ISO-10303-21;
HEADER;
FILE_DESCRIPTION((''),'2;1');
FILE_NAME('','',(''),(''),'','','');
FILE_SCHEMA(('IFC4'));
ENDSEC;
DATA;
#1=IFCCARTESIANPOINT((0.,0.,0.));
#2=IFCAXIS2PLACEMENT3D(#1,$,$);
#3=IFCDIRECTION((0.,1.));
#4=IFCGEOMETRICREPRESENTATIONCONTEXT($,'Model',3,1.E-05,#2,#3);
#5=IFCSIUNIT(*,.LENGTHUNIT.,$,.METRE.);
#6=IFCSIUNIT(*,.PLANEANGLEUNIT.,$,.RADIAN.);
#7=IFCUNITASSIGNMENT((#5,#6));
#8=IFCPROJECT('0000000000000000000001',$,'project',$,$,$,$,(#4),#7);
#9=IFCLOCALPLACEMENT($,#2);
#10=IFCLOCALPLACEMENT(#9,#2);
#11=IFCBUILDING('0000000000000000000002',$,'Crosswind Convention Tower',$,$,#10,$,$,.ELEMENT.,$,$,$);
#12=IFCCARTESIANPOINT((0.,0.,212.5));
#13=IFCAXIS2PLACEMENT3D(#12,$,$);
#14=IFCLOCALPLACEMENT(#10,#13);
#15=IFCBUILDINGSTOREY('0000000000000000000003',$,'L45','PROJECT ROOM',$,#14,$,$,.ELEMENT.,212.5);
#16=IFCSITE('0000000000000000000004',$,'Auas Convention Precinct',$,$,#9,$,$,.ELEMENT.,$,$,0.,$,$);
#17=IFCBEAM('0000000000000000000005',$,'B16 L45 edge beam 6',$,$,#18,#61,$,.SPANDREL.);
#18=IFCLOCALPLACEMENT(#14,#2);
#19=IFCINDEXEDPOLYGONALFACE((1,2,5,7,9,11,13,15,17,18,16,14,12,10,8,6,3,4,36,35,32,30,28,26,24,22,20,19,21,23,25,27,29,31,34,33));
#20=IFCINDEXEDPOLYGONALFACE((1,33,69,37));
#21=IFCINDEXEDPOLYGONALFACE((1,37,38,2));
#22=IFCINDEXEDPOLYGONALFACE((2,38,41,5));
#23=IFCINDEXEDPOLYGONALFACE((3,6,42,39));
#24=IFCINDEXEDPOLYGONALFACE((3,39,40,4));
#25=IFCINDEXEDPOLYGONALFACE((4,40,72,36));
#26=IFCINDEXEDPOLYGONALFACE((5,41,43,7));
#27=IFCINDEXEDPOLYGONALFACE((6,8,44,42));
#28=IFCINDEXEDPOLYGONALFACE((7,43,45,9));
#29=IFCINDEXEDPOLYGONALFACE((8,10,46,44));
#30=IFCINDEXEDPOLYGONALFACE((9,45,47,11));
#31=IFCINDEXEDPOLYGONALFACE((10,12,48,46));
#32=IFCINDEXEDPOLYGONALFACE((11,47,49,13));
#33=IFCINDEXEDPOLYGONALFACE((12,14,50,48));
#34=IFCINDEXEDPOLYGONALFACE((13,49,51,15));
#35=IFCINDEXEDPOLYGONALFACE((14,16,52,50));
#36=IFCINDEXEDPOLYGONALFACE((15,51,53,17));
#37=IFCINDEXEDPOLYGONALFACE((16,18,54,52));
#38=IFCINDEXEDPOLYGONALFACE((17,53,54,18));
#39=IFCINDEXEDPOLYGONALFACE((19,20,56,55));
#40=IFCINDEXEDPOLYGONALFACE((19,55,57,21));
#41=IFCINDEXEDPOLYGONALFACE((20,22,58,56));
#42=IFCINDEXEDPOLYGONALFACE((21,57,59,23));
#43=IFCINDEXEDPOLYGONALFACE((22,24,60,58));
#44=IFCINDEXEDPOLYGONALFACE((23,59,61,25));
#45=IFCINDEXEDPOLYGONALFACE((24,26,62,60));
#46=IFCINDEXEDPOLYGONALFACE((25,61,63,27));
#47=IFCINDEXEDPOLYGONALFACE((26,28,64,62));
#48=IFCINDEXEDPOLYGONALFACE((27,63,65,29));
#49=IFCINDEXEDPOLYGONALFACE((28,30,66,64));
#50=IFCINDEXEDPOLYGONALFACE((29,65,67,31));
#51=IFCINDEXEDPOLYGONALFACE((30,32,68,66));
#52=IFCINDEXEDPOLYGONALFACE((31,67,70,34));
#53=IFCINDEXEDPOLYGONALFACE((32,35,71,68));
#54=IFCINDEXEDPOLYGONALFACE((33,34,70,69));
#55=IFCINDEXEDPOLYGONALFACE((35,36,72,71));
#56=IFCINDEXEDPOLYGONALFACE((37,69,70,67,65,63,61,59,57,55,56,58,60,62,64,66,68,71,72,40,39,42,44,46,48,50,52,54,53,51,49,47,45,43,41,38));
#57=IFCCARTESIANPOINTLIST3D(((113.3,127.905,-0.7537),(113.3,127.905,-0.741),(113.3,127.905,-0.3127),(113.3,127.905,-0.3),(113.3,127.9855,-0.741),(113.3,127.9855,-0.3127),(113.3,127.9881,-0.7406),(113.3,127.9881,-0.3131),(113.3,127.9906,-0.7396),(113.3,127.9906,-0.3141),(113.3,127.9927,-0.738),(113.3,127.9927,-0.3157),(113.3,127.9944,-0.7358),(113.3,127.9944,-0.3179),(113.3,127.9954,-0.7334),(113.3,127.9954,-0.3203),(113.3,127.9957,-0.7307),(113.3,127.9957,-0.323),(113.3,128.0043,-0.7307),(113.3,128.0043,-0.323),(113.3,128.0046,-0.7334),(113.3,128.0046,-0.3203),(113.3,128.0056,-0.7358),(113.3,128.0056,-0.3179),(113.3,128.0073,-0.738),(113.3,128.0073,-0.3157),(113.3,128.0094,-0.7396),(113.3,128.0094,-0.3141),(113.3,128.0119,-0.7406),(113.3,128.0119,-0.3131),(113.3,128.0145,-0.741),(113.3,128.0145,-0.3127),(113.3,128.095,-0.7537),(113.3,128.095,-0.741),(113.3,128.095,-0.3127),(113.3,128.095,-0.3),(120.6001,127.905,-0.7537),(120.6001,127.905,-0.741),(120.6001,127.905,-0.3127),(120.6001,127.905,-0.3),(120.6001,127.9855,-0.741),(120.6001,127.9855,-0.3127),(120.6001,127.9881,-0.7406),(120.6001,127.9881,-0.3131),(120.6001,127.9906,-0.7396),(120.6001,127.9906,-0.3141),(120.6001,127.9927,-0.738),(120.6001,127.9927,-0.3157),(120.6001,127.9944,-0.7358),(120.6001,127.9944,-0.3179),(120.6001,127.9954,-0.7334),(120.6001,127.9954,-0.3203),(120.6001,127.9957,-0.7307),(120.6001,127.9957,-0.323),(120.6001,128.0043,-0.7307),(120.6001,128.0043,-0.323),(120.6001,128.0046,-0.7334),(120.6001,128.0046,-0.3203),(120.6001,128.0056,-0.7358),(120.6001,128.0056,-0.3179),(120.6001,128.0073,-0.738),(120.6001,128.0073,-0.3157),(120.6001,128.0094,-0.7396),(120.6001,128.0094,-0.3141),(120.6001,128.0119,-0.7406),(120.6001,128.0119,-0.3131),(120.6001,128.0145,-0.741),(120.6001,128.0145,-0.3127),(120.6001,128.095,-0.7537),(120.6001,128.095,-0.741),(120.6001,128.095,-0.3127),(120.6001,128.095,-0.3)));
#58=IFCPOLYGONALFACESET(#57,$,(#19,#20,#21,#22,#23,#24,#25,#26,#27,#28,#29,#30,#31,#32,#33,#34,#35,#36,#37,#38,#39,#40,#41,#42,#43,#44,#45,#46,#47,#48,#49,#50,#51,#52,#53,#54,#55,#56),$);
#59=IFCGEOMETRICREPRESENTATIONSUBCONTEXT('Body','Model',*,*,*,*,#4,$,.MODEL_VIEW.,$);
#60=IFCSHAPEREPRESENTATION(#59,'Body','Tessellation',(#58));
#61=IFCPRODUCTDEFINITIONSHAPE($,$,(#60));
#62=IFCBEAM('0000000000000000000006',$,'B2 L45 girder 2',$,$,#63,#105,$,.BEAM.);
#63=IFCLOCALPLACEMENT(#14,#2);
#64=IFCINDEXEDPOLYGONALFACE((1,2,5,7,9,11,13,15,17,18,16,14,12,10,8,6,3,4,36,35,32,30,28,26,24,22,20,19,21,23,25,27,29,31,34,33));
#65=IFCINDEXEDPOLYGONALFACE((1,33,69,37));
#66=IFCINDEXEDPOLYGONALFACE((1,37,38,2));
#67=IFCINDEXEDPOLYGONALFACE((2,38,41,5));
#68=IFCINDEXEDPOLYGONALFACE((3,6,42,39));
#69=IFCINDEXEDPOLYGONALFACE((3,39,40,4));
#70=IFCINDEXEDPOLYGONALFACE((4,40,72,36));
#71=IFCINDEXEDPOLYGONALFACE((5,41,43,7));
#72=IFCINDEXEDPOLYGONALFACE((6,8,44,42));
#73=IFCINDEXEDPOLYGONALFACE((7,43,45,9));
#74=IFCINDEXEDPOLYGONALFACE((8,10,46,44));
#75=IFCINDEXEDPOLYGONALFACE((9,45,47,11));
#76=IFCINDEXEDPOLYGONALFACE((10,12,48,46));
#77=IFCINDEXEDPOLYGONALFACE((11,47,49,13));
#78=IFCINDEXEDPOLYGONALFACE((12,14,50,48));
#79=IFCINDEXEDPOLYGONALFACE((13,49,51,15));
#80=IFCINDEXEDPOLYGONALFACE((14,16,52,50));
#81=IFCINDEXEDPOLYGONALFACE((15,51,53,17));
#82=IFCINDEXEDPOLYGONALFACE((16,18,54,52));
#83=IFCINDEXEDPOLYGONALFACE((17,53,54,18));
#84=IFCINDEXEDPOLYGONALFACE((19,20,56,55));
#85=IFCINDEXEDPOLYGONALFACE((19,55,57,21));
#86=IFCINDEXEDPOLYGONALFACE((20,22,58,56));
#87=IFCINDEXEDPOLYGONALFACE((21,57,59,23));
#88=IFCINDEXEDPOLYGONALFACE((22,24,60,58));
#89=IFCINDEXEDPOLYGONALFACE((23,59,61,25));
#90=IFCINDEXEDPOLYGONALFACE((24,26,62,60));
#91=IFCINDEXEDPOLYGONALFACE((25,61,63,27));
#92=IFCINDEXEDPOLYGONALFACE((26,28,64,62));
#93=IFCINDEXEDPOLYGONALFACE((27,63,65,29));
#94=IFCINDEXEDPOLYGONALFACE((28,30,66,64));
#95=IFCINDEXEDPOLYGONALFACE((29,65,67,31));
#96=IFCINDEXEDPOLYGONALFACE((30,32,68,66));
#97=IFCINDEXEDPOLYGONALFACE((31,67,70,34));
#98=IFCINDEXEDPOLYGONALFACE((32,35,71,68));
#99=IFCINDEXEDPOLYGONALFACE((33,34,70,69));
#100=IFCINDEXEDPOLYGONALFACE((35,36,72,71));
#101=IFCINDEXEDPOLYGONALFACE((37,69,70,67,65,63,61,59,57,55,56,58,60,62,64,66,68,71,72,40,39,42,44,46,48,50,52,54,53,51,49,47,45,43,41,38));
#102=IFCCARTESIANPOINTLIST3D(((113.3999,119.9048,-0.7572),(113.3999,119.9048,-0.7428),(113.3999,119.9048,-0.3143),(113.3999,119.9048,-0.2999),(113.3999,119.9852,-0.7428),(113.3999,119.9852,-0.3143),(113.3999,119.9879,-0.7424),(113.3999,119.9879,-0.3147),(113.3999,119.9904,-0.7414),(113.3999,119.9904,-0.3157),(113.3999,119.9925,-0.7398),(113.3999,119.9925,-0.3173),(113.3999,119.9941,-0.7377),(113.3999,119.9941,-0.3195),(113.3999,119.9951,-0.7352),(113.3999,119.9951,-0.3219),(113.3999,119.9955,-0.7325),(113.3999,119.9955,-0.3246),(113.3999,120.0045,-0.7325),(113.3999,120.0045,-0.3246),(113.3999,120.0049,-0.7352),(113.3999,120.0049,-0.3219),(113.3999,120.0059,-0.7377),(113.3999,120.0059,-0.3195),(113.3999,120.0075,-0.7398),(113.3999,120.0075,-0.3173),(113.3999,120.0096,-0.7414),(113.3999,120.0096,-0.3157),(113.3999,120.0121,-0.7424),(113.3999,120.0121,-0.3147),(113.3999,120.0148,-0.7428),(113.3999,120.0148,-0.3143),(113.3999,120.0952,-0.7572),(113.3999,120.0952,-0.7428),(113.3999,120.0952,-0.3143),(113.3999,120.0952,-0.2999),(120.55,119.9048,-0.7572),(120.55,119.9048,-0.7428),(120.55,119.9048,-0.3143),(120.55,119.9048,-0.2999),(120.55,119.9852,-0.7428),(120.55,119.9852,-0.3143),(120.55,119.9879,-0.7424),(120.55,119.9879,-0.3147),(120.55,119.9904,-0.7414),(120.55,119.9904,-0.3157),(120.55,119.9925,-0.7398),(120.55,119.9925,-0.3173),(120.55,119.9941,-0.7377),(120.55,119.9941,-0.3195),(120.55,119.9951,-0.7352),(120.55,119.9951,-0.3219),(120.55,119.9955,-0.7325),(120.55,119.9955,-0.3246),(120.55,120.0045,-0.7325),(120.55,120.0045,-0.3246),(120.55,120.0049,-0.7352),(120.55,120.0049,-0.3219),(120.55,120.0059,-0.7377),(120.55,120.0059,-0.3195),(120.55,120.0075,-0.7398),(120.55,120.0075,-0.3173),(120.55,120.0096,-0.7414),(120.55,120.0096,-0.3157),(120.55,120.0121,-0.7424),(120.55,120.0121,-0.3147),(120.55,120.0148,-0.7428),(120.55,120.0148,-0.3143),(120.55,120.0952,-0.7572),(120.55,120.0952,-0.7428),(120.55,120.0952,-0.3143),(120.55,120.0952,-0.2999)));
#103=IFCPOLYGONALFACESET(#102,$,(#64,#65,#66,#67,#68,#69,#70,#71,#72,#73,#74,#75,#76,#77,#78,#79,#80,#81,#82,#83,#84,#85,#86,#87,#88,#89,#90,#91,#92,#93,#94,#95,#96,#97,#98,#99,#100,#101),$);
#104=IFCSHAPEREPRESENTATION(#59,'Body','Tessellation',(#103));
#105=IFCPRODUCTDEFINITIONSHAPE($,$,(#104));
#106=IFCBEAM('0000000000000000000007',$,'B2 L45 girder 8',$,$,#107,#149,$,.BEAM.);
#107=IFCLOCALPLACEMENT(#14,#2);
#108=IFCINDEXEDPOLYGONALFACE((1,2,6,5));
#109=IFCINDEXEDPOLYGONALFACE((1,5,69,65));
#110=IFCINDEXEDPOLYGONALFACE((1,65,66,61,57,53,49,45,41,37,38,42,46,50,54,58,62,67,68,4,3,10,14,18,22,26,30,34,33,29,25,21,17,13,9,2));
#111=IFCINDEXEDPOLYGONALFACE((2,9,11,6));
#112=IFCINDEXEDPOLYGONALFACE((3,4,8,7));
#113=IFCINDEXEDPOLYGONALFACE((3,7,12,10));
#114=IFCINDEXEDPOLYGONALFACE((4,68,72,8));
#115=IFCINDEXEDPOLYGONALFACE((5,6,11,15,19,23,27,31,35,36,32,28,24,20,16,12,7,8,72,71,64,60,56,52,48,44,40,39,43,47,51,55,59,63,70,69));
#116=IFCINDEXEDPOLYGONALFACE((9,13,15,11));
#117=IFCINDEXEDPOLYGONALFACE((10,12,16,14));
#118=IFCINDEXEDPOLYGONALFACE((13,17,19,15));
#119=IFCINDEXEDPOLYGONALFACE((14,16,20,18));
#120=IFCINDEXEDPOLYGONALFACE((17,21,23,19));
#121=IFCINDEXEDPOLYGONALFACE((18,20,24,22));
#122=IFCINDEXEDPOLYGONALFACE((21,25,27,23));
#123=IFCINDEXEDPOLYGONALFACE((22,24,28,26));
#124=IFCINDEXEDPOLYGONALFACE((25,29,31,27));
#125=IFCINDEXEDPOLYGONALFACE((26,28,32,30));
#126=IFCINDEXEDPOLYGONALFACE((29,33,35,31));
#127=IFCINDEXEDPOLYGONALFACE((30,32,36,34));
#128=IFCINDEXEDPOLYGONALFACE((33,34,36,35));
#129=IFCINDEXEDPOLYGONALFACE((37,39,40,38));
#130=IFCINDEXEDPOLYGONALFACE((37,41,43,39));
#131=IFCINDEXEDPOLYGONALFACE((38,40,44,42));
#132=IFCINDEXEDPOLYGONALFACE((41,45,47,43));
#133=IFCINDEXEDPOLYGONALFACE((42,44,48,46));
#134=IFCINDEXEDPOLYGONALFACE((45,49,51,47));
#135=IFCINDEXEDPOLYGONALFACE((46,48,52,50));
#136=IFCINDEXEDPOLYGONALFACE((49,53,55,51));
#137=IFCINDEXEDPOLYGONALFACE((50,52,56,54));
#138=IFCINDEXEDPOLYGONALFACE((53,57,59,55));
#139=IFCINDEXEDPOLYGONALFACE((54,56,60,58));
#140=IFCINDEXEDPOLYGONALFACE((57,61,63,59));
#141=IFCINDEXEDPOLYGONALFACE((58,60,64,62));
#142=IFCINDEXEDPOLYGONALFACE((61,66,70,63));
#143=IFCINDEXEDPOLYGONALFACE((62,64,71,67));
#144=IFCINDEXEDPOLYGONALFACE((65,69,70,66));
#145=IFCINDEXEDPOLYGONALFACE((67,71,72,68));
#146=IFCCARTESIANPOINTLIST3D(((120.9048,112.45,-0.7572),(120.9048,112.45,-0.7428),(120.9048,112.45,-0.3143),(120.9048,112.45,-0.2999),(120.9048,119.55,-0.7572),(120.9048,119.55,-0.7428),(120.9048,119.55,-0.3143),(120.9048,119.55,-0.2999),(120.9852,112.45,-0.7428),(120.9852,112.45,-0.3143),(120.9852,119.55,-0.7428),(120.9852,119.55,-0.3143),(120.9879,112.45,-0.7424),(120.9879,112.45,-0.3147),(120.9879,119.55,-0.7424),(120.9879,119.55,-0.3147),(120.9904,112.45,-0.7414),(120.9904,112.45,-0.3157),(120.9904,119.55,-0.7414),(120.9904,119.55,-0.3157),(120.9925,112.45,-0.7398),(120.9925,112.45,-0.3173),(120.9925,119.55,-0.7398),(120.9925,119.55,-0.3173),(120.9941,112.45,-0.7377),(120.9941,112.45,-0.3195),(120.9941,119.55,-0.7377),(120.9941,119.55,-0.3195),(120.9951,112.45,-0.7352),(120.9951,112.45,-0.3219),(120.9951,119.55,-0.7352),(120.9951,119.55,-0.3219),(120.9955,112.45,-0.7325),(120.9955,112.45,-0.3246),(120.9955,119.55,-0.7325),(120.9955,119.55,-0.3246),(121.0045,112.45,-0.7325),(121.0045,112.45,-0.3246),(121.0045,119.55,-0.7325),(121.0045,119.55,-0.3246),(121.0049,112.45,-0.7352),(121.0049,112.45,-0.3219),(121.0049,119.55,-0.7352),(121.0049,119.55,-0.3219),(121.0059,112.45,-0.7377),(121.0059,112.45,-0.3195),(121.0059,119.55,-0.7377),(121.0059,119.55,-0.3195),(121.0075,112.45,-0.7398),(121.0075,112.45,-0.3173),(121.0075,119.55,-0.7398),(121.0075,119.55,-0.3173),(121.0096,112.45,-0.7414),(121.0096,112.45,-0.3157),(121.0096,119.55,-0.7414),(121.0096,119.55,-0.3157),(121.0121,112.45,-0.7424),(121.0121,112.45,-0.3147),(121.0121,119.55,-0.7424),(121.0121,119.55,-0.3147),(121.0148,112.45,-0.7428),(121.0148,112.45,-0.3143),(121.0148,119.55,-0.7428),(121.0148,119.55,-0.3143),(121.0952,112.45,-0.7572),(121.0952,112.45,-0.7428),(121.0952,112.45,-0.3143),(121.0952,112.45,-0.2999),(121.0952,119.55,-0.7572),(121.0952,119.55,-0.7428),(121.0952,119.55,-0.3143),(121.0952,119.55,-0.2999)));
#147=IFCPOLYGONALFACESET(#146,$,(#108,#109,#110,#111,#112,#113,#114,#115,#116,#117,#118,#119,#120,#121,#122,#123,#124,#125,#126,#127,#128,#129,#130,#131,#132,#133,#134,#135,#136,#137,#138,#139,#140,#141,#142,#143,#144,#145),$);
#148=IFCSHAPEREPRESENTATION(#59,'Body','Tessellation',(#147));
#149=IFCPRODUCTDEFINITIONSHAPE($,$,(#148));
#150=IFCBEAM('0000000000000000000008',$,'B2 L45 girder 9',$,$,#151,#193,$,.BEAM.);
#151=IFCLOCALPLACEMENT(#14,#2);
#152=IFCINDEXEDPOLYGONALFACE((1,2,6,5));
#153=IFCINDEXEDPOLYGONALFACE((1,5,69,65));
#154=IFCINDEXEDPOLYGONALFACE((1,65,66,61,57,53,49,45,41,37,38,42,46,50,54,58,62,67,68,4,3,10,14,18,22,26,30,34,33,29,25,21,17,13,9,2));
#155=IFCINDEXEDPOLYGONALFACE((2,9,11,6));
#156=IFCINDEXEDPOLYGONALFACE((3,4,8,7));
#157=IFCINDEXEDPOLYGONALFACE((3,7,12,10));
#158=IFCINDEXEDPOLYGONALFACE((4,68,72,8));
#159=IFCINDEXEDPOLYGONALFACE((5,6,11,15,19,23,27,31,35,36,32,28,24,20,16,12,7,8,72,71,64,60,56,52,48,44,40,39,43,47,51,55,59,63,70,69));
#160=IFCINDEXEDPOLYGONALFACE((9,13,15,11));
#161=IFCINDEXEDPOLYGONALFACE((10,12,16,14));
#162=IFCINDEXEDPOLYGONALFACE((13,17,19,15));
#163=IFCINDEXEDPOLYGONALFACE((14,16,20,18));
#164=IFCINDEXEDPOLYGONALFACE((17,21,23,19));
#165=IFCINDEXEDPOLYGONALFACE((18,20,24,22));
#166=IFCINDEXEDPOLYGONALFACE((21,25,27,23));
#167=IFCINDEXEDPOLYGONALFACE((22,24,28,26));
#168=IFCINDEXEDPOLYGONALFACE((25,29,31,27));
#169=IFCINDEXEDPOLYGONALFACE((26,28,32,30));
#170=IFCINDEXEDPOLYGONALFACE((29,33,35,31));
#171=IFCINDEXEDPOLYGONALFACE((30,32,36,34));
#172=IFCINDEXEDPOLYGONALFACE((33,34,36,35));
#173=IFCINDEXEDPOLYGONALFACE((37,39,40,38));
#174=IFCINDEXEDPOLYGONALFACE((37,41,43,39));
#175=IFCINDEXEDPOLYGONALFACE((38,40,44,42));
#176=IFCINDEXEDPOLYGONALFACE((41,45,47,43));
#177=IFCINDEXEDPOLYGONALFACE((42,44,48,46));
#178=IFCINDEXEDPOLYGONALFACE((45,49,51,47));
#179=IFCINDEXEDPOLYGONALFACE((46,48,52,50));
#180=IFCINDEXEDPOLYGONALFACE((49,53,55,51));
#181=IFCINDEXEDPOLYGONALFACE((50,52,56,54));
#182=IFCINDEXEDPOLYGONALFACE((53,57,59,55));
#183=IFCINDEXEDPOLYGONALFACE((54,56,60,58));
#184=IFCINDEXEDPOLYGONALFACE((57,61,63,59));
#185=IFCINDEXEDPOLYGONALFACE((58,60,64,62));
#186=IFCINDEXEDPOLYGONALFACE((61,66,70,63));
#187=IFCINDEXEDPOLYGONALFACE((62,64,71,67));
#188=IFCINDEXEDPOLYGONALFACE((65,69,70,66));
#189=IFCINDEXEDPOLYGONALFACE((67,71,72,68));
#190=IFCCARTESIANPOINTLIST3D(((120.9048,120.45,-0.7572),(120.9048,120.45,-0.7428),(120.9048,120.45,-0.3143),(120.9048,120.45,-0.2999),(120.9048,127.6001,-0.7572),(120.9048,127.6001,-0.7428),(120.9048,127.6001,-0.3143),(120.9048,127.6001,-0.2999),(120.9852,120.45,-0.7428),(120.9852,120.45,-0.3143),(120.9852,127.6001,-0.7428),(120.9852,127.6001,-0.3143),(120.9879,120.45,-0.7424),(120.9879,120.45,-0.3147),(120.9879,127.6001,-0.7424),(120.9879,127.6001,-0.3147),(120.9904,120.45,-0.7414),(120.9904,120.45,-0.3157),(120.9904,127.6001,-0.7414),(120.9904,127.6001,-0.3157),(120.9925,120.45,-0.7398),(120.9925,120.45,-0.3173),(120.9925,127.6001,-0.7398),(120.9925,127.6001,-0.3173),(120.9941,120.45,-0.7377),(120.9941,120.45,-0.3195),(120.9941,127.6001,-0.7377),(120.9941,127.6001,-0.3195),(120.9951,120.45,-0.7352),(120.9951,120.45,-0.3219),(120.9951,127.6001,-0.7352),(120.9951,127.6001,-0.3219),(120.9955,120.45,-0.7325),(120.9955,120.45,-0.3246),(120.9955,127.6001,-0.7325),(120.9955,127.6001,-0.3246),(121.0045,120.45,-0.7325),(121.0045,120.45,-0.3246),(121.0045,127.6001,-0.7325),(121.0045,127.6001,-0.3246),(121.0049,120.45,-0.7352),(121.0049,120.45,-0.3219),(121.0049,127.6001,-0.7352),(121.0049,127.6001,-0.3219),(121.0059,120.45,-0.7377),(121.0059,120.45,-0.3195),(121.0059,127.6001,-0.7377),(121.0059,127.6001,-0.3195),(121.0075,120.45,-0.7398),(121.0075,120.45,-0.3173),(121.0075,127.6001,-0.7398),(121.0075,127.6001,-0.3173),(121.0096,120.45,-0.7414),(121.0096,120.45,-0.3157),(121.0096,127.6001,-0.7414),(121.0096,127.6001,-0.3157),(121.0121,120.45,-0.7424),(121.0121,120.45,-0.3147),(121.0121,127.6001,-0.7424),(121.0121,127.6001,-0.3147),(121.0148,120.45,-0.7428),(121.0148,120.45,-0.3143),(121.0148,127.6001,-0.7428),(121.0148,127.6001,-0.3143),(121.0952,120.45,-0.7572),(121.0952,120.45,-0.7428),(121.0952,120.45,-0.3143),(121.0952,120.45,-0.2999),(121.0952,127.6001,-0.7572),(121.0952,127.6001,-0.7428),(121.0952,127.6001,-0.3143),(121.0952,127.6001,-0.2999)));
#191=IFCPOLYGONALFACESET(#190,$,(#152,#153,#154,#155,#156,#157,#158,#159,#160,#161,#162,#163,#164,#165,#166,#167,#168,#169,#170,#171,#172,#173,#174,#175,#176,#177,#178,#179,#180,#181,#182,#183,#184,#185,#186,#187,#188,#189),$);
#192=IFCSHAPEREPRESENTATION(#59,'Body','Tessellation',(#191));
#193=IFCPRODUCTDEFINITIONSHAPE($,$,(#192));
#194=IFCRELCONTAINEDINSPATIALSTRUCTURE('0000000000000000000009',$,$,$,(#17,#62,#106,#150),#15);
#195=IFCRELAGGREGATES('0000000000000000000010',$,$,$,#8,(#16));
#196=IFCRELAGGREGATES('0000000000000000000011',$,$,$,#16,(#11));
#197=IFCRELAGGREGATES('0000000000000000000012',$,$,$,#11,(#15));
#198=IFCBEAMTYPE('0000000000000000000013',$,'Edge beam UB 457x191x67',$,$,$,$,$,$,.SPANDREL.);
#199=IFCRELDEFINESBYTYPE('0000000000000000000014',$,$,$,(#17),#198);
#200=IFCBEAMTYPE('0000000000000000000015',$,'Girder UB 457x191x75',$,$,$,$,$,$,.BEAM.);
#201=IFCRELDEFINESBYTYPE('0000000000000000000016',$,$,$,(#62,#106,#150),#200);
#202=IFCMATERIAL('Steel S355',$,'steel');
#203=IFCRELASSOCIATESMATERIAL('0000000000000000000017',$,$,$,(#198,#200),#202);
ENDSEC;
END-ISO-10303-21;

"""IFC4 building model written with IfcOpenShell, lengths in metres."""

from ifc_helpers import new_model, si_unit, direction, frame, origin, origin_2d, place, context, subcontext, project, spatial, i_section, extrude, material, material_profile, profile_set, type_object, element, save


model = new_model("IFC4")

# Units and contexts
model_context = context("Model", 3, precision=1e-05, world=origin(), true_north=direction((0.0, 1.0)))
body_context = subcontext(model_context, "Body", "Model", "MODEL_VIEW")
ifc_project = project(units=[si_unit("LENGTHUNIT", "METRE"), si_unit("PLANEANGLEUNIT", "RADIAN")], contexts=[model_context])

# Site, building, storey
site_placement = place(None, origin())
site = spatial("IfcSite", under=ifc_project, at=site_placement, Name="Auas Convention Precinct", CompositionType="ELEMENT", RefElevation=0.0)
building_placement = place(site_placement, origin())
building = spatial("IfcBuilding", under=site, at=building_placement, Name="Crosswind Convention Tower", CompositionType="ELEMENT")
storey_placement = place(building_placement, frame((0.0, 0.0, 212.5)))
storey = spatial("IfcBuildingStorey", under=building, at=storey_placement, Name="L45", Description="PROJECT ROOM", CompositionType="ELEMENT", Elevation=212.5)

# Beams
ifc_material_1 = material(Name="Steel S355", Category="steel")
ifc_material_profile_1 = material_profile(ifc_material_1, i_section(OverallWidth=0.1899, OverallDepth=0.4536, WebThickness=0.0085, FlangeThickness=0.0127, FilletRadius=0.0103, at=origin_2d()), Name="UB 457x191x67")
ifc_profile_set_1 = profile_set([ifc_material_profile_1], Name="Steel S355")
beam_type_1 = type_object("IfcBeamType", Name="Edge beam UB 457x191x67", PredefinedType="SPANDREL", material=ifc_profile_set_1)
for number, where, z_axis, x_axis, name in (
    (1, (113.3, 128.0, -0.5269), (1.0, 0.0, 0.0), (0.0, 1.0, 0.0), "B16 L45 edge beam 6"),
):
    element("IfcBeam", number, at=place(storey_placement, frame(where, z_axis=z_axis, x_axis=x_axis)), inside=storey, type_object=beam_type_1, Name=name, PredefinedType="SPANDREL", context=body_context, shape_type="SweptSolid", body=[
        extrude(i_section(OverallWidth=0.1899, OverallDepth=0.4536, WebThickness=0.0085, FlangeThickness=0.0127, FilletRadius=0.0103, at=origin_2d()), origin(), (0.0, 0.0, 1.0), 7.3),
    ])
ifc_material_profile_2 = material_profile(ifc_material_1, i_section(OverallWidth=0.1904, OverallDepth=0.4573, WebThickness=0.009, FlangeThickness=0.0144, FilletRadius=0.0103, at=origin_2d()), Name="UB 457x191x75")
ifc_profile_set_2 = profile_set([ifc_material_profile_2], Name="Steel S355")
beam_type_2 = type_object("IfcBeamType", Name="Girder UB 457x191x75", PredefinedType="BEAM", material=ifc_profile_set_2)
beam_1_placement = place(storey_placement, frame((113.3999, 120.0, -0.5286), z_axis=(1.0, 0.0, 0.0), x_axis=(0.0, 1.0, 0.0)))
element("IfcBeam", 2, at=beam_1_placement, inside=storey, type_object=beam_type_2, Name="B2 L45 girder 2", PredefinedType="BEAM", context=body_context, shape_type="SweptSolid", body=[
    extrude(i_section(OverallWidth=0.1904, OverallDepth=0.4573, WebThickness=0.009, FlangeThickness=0.0144, FilletRadius=0.0103, at=origin_2d()), origin(), (0.0, 0.0, 1.0), 7.1501),
])
beam_2_placement = place(storey_placement, frame((121.0, 112.45, -0.5286), z_axis=(0.0, 1.0, 0.0), x_axis=(-1.0, 0.0, 0.0)))
element("IfcBeam", 3, at=beam_2_placement, inside=storey, type_object=beam_type_2, Name="B2 L45 girder 8", PredefinedType="BEAM", context=body_context, shape_type="SweptSolid", body=[
    extrude(i_section(OverallWidth=0.1904, OverallDepth=0.4573, WebThickness=0.009, FlangeThickness=0.0144, FilletRadius=0.0103, at=origin_2d()), origin(), (0.0, 0.0, 1.0), 7.1001),
])
beam_3_placement = place(storey_placement, frame((121.0, 120.45, -0.5286), z_axis=(0.0, 1.0, 0.0), x_axis=(-1.0, 0.0, 0.0)))
element("IfcBeam", 4, at=beam_3_placement, inside=storey, type_object=beam_type_2, Name="B2 L45 girder 9", PredefinedType="BEAM", context=body_context, shape_type="SweptSolid", body=[
    extrude(i_section(OverallWidth=0.1904, OverallDepth=0.4573, WebThickness=0.009, FlangeThickness=0.0144, FilletRadius=0.0103, at=origin_2d()), origin(), (0.0, 0.0, 1.0), 7.1501),
])

save(model, "model.ifc")
